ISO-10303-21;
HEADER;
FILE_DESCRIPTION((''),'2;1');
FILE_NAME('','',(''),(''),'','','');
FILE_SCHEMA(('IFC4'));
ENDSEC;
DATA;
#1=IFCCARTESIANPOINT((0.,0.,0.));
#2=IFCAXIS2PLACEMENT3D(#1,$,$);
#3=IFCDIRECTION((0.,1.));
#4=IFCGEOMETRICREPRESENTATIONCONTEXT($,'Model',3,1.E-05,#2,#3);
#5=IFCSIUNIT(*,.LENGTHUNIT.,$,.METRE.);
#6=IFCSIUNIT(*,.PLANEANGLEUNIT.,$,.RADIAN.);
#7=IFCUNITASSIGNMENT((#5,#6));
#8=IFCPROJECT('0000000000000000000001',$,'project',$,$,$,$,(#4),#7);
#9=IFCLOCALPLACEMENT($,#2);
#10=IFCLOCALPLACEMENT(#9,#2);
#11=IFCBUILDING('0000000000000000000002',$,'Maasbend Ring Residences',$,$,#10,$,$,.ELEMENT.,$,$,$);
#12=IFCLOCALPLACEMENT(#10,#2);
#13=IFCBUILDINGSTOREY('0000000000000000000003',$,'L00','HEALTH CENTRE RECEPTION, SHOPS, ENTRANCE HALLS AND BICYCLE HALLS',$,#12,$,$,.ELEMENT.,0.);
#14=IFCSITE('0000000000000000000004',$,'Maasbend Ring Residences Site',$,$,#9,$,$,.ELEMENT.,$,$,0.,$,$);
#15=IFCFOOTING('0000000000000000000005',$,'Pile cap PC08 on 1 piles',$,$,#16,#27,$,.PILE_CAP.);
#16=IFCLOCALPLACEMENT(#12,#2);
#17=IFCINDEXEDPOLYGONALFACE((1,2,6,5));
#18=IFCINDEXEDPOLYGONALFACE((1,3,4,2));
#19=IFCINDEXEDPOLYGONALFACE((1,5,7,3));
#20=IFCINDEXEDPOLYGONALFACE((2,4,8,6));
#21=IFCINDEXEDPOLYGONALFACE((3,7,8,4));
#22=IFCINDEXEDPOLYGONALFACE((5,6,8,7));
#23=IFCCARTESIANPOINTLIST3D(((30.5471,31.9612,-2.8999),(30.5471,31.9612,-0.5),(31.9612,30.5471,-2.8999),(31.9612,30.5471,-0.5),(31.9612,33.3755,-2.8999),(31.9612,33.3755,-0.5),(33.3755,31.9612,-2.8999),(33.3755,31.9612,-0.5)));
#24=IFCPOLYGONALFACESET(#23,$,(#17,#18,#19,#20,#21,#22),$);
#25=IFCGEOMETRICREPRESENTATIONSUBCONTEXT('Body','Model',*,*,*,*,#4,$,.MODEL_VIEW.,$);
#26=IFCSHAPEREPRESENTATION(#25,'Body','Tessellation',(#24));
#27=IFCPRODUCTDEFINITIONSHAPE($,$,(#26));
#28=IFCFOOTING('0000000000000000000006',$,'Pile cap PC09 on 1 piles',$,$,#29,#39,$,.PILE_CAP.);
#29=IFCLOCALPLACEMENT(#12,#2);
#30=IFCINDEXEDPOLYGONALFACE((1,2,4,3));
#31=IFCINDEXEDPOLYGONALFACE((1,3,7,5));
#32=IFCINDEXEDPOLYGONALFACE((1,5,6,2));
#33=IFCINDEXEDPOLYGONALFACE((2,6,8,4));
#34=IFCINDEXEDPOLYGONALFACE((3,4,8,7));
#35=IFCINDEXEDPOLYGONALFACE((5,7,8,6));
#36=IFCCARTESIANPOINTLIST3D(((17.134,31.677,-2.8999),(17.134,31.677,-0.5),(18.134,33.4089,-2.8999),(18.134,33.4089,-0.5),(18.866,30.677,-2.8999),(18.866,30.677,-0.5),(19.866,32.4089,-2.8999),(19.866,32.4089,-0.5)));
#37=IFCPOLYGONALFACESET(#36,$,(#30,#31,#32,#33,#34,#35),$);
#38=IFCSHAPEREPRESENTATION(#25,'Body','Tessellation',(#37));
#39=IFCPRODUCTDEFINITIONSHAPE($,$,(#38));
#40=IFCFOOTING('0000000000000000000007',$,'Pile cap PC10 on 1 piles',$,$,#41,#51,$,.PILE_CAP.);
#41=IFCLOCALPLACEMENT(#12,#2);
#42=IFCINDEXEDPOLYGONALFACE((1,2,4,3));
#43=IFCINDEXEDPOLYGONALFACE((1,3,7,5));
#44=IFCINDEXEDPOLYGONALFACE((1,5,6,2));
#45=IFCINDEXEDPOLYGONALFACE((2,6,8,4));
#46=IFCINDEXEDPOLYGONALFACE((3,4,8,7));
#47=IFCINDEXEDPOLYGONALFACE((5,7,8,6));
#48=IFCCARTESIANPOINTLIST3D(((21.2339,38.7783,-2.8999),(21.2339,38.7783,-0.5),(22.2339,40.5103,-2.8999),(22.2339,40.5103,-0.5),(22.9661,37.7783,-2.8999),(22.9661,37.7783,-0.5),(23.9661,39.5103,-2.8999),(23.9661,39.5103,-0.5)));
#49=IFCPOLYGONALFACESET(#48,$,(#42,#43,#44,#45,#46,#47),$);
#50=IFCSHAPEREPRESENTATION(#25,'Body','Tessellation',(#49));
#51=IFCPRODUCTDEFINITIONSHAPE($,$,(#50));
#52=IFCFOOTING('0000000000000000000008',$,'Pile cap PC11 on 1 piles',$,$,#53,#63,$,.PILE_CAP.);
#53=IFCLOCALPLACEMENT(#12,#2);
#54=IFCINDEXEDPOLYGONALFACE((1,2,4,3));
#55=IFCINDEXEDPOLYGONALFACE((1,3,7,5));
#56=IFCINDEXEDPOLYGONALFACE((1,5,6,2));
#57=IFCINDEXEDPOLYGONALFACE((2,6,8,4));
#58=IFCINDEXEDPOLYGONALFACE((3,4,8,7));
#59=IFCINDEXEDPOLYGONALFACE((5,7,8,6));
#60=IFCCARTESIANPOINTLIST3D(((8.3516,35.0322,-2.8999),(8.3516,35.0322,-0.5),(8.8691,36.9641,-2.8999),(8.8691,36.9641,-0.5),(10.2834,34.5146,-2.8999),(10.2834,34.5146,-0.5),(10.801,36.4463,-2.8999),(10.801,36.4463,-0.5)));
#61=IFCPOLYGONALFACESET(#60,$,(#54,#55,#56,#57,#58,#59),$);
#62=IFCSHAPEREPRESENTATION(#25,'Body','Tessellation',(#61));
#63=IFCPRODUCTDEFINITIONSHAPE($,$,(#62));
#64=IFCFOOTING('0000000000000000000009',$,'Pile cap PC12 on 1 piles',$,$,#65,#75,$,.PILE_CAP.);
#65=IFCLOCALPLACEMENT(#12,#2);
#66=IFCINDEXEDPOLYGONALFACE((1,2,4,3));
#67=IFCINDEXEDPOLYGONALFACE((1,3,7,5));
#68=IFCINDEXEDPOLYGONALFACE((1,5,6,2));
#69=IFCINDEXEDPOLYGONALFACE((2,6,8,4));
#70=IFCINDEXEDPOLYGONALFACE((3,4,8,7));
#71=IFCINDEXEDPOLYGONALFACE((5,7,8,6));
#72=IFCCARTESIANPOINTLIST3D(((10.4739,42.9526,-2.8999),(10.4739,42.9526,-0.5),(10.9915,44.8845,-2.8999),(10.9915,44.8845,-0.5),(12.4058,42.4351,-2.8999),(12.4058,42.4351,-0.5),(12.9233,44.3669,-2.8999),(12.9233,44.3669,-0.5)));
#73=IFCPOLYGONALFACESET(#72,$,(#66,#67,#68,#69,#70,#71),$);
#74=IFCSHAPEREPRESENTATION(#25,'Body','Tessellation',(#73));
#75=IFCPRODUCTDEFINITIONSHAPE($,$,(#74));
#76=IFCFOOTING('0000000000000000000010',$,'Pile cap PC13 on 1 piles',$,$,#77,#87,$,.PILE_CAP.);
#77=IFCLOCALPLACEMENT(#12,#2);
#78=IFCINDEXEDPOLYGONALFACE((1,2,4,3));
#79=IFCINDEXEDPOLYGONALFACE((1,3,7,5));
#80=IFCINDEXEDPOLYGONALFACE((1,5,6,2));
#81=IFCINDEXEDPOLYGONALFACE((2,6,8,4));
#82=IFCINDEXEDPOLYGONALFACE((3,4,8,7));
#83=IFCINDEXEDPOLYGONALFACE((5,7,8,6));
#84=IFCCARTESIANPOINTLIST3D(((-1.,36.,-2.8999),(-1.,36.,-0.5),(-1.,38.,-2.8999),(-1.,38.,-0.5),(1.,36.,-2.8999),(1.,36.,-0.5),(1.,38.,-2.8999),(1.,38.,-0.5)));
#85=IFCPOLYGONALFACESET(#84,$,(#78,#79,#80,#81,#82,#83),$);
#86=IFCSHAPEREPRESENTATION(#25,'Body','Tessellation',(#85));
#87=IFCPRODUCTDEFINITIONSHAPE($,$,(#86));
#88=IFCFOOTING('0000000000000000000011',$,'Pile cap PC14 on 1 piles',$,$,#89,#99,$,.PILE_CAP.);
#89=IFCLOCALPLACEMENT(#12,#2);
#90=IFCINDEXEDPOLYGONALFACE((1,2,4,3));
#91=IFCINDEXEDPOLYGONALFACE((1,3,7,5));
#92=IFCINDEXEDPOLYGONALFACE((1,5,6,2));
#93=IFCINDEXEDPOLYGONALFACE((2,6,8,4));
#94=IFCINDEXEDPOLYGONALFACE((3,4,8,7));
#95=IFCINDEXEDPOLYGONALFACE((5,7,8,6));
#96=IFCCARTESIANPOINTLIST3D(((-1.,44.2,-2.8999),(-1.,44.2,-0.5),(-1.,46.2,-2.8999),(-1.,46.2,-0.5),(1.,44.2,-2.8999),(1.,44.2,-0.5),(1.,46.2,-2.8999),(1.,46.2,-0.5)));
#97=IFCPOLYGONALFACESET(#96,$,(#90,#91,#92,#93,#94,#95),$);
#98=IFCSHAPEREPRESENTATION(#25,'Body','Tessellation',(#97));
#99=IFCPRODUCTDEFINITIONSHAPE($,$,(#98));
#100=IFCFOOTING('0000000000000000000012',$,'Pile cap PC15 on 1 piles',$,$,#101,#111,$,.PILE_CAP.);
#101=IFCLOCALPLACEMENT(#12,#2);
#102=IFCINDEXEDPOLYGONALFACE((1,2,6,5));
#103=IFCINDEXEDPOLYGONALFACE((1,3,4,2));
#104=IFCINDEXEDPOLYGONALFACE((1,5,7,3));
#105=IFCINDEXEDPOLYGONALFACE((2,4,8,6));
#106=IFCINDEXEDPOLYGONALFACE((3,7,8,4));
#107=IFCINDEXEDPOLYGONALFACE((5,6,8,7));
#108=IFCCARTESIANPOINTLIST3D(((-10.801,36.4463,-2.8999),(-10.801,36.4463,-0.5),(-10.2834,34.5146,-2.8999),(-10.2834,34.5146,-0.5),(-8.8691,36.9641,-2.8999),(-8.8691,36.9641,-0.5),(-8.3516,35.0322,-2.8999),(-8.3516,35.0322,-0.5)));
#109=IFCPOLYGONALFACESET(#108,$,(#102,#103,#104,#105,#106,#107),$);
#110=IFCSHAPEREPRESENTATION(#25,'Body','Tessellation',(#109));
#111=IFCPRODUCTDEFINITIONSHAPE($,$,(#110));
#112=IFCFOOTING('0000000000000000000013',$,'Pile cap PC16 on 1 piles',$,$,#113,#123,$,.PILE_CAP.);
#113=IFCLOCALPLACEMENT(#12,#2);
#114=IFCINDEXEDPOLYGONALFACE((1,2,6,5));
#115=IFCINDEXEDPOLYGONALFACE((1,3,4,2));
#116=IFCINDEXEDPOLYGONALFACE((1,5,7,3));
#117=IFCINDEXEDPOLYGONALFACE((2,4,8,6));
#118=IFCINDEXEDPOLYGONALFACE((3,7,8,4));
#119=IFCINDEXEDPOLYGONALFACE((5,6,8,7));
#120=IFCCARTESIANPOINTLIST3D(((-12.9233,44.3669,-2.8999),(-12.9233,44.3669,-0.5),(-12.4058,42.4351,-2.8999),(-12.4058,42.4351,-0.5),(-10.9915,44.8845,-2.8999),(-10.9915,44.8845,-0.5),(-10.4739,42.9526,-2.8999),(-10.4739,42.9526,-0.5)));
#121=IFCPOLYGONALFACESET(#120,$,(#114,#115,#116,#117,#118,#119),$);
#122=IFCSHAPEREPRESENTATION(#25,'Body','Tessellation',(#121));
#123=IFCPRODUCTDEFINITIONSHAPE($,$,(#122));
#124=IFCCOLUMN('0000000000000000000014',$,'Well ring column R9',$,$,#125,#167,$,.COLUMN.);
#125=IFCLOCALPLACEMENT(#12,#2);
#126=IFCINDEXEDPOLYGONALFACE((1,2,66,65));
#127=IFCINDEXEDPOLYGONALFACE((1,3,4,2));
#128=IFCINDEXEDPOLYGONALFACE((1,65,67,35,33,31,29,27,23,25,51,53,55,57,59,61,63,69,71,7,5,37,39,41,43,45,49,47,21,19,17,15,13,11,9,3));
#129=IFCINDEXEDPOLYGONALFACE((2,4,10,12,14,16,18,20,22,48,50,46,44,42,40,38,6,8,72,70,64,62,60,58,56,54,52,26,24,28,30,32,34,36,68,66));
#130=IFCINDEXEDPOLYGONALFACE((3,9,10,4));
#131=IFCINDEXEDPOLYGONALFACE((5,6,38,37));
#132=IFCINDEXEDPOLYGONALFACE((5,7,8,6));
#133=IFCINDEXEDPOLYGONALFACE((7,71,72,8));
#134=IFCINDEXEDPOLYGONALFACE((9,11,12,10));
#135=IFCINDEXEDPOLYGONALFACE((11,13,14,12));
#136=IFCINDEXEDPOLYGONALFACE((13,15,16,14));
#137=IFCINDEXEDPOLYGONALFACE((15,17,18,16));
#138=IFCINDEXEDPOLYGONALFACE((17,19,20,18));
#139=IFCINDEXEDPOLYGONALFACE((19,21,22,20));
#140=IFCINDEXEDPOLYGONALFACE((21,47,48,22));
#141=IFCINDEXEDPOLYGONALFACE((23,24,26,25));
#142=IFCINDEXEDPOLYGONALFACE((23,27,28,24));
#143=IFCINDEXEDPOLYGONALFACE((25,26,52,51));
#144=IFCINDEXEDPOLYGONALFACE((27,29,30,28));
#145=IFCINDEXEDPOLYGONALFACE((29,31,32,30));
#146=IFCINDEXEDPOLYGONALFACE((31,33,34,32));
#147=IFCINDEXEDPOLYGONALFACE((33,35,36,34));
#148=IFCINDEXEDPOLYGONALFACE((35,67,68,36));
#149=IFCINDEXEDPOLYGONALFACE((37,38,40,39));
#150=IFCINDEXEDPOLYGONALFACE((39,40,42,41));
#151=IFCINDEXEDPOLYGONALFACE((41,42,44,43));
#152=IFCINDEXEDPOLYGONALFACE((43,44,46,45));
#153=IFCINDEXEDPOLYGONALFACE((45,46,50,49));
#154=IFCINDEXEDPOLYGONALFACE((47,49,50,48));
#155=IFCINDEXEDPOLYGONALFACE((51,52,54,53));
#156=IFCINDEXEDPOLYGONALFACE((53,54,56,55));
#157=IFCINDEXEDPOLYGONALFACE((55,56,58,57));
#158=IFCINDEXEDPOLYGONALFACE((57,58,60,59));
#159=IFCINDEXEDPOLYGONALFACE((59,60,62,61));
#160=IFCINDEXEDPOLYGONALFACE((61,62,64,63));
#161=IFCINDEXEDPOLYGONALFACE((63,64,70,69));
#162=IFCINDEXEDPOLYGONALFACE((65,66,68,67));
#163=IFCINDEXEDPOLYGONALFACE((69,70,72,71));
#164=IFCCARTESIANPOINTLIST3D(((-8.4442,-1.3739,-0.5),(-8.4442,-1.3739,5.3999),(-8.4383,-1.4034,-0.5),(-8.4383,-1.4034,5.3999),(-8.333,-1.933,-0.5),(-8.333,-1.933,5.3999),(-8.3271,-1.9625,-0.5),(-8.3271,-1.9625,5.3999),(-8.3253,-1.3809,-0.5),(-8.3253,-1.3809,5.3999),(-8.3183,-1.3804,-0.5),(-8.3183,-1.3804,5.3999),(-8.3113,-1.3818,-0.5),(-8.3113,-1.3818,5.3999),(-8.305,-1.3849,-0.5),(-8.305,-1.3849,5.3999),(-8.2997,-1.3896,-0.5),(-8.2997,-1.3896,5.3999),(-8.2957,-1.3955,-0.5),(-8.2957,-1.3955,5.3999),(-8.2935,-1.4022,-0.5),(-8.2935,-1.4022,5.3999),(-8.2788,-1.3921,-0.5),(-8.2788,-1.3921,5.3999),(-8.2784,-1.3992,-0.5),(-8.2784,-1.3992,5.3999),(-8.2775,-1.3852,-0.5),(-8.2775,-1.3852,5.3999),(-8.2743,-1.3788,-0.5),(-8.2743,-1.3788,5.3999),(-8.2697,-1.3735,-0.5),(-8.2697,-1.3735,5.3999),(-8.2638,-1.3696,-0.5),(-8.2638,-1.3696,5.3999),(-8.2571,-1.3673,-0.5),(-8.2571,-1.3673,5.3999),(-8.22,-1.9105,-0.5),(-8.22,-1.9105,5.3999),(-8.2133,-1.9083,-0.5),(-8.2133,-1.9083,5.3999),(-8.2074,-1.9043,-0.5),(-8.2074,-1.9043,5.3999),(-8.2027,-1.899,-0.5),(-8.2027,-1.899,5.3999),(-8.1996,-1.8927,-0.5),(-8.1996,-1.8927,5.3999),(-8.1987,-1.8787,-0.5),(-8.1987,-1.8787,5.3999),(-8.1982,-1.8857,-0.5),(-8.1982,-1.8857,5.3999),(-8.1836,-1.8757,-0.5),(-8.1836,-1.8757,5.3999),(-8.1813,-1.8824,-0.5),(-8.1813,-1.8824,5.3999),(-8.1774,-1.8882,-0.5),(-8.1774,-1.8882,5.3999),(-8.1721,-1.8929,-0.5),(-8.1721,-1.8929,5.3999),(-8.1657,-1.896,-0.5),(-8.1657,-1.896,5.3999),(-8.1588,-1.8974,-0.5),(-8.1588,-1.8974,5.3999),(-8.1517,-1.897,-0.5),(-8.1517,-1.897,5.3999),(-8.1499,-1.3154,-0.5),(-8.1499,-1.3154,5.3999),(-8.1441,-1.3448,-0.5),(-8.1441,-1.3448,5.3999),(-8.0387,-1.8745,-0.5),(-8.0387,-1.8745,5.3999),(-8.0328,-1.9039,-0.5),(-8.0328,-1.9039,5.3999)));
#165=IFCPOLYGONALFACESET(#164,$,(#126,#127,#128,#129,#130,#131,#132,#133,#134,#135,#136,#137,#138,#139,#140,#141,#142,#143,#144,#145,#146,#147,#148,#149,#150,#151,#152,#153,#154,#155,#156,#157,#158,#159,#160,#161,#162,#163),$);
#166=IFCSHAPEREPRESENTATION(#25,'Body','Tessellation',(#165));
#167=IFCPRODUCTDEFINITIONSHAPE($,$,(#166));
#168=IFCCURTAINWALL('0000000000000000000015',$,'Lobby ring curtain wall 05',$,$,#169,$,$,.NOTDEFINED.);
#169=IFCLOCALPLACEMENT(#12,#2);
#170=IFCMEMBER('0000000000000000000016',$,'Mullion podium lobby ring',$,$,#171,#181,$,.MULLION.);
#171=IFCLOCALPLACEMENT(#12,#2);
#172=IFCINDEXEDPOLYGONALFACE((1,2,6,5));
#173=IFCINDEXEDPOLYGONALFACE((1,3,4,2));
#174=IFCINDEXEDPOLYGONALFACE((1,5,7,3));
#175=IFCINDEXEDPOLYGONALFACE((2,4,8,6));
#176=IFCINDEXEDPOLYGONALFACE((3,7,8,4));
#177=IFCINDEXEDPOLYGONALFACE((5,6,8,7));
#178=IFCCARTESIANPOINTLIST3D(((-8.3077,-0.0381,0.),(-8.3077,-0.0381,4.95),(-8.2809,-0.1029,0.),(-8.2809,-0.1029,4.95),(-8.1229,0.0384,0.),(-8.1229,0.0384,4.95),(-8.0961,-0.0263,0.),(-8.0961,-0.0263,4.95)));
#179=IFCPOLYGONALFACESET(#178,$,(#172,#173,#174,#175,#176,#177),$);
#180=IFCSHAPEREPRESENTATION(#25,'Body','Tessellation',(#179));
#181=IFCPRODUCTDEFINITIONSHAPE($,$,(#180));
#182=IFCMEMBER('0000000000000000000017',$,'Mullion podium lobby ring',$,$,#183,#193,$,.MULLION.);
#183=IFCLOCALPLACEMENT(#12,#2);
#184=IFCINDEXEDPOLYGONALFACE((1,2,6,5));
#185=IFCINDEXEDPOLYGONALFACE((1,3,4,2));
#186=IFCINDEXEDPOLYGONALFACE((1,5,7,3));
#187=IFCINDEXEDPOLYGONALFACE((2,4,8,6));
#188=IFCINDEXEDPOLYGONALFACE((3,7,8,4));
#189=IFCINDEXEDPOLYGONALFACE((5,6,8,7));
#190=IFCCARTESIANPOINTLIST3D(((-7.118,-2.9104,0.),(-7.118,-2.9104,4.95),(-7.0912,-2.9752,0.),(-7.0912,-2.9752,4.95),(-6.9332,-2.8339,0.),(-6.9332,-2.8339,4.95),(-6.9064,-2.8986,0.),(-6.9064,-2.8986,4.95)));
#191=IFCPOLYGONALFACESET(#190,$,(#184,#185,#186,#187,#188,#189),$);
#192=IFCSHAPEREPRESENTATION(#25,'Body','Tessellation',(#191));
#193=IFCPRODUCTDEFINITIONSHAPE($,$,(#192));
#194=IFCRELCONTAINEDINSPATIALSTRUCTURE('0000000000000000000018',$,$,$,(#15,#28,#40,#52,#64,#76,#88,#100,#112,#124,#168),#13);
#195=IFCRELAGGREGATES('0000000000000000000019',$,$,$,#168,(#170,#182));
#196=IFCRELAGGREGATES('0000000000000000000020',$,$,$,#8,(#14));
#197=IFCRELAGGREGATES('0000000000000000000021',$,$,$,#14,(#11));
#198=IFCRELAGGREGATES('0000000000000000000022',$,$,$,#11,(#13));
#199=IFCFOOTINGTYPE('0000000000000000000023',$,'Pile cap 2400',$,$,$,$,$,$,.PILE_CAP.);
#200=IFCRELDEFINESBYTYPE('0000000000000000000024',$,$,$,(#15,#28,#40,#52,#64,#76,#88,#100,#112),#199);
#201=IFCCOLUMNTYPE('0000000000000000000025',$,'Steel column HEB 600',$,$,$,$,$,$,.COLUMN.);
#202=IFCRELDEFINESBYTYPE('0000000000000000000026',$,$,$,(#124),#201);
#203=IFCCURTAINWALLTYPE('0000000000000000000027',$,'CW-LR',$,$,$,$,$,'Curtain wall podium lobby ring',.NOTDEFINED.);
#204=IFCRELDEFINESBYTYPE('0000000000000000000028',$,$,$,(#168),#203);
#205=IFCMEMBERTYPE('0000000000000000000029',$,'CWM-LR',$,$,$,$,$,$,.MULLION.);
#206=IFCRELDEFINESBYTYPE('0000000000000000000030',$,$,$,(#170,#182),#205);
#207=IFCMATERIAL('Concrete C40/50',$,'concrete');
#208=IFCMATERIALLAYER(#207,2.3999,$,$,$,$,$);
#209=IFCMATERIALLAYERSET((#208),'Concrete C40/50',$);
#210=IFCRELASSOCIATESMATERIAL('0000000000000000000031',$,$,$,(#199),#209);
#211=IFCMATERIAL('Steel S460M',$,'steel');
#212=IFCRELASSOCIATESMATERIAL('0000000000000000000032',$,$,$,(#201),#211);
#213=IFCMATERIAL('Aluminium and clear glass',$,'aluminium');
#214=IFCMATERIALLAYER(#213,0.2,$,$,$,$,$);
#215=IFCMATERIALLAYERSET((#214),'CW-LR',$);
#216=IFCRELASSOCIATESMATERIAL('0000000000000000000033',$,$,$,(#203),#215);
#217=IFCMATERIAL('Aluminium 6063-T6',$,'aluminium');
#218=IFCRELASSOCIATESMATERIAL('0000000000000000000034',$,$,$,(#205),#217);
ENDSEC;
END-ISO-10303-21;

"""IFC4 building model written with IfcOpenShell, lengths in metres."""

from ifc_helpers import new_model, si_unit, direction, frame, origin, origin_2d, place, context, subcontext, project, spatial, polyline, rectangle, i_section, outline, extrude, material, layer, layer_set, material_profile, profile_set, type_object, element, aggregate, save


model = new_model("IFC4")

# Units and contexts
model_context = context("Model", 3, precision=1e-05, world=origin(), true_north=direction((0.0, 1.0)))
body_context = subcontext(model_context, "Body", "Model", "MODEL_VIEW")
ifc_project = project(units=[si_unit("LENGTHUNIT", "METRE"), si_unit("PLANEANGLEUNIT", "RADIAN")], contexts=[model_context])

# Site, building, storey
site_placement = place(None, origin())
site = spatial("IfcSite", under=ifc_project, at=site_placement, Name="Maasbend Ring Residences Site", CompositionType="ELEMENT", RefElevation=0.0)
building_placement = place(site_placement, origin())
building = spatial("IfcBuilding", under=site, at=building_placement, Name="Maasbend Ring Residences", CompositionType="ELEMENT")
storey_placement = place(building_placement, origin())
storey = spatial("IfcBuildingStorey", under=building, at=storey_placement, Name="L00", Description="HEALTH CENTRE RECEPTION, SHOPS, ENTRANCE HALLS AND BICYCLE HALLS", CompositionType="ELEMENT", Elevation=0.0)

# Footings
ifc_material_1 = material(Name="Concrete C40/50", Category="concrete")
ifc_layer_1 = layer(ifc_material_1, 2.3999)
ifc_layer_set_1 = layer_set([ifc_layer_1], Name="Concrete C40/50")
footing_type = type_object("IfcFootingType", Name="Pile cap 2400", PredefinedType="PILE_CAP", material=ifc_layer_set_1)
footing_1_placement = place(storey_placement, frame((0.0, 0.0, -2.8999)))
element("IfcFooting", 1, at=footing_1_placement, inside=storey, type_object=footing_type, Name="Pile cap PC08 on 1 piles", PredefinedType="PILE_CAP", context=body_context, shape_type="SweptSolid", body=[
    extrude(outline(polyline([(31.9612, 30.5471), (33.3755, 31.9612), (31.9612, 33.3755), (30.5471, 31.9612), (31.9612, 30.5471)])), origin(), (0.0, 0.0, 1.0), 2.3999),
])
footing_2_placement = place(storey_placement, frame((0.0, 0.0, -2.8999)))
element("IfcFooting", 2, at=footing_2_placement, inside=storey, type_object=footing_type, Name="Pile cap PC09 on 1 piles", PredefinedType="PILE_CAP", context=body_context, shape_type="SweptSolid", body=[
    extrude(outline(polyline([(18.866, 30.677), (19.866, 32.4089), (18.134, 33.4089), (17.134, 31.677), (18.866, 30.677)])), origin(), (0.0, 0.0, 1.0), 2.3999),
])
footing_3_placement = place(storey_placement, frame((0.0, 0.0, -2.8999)))
element("IfcFooting", 3, at=footing_3_placement, inside=storey, type_object=footing_type, Name="Pile cap PC10 on 1 piles", PredefinedType="PILE_CAP", context=body_context, shape_type="SweptSolid", body=[
    extrude(outline(polyline([(22.9661, 37.7783), (23.9661, 39.5103), (22.2339, 40.5103), (21.2339, 38.7783), (22.9661, 37.7783)])), origin(), (0.0, 0.0, 1.0), 2.3999),
])
footing_4_placement = place(storey_placement, frame((0.0, 0.0, -2.8999)))
element("IfcFooting", 4, at=footing_4_placement, inside=storey, type_object=footing_type, Name="Pile cap PC11 on 1 piles", PredefinedType="PILE_CAP", context=body_context, shape_type="SweptSolid", body=[
    extrude(outline(polyline([(10.2834, 34.5146), (10.801, 36.4463), (8.8691, 36.9641), (8.3516, 35.0322), (10.2834, 34.5146)])), origin(), (0.0, 0.0, 1.0), 2.3999),
])
footing_5_placement = place(storey_placement, frame((0.0, 0.0, -2.8999)))
element("IfcFooting", 5, at=footing_5_placement, inside=storey, type_object=footing_type, Name="Pile cap PC12 on 1 piles", PredefinedType="PILE_CAP", context=body_context, shape_type="SweptSolid", body=[
    extrude(outline(polyline([(12.4058, 42.4351), (12.9233, 44.3669), (10.9915, 44.8845), (10.4739, 42.9526), (12.4058, 42.4351)])), origin(), (0.0, 0.0, 1.0), 2.3999),
])
footing_6_placement = place(storey_placement, frame((0.0, 0.0, -2.8999)))
element("IfcFooting", 6, at=footing_6_placement, inside=storey, type_object=footing_type, Name="Pile cap PC13 on 1 piles", PredefinedType="PILE_CAP", context=body_context, shape_type="SweptSolid", body=[
    extrude(outline(polyline([(1.0, 36.0), (1.0, 38.0), (-1.0, 38.0), (-1.0, 36.0), (1.0, 36.0)])), origin(), (0.0, 0.0, 1.0), 2.3999),
])
footing_7_placement = place(storey_placement, frame((0.0, 0.0, -2.8999)))
element("IfcFooting", 7, at=footing_7_placement, inside=storey, type_object=footing_type, Name="Pile cap PC14 on 1 piles", PredefinedType="PILE_CAP", context=body_context, shape_type="SweptSolid", body=[
    extrude(outline(polyline([(1.0, 44.2), (1.0, 46.2), (-1.0, 46.2), (-1.0, 44.2), (1.0, 44.2)])), origin(), (0.0, 0.0, 1.0), 2.3999),
])
footing_8_placement = place(storey_placement, frame((0.0, 0.0, -2.8999)))
element("IfcFooting", 8, at=footing_8_placement, inside=storey, type_object=footing_type, Name="Pile cap PC15 on 1 piles", PredefinedType="PILE_CAP", context=body_context, shape_type="SweptSolid", body=[
    extrude(outline(polyline([(-8.3516, 35.0322), (-8.8691, 36.9641), (-10.801, 36.4463), (-10.2834, 34.5146), (-8.3516, 35.0322)])), origin(), (0.0, 0.0, 1.0), 2.3999),
])
footing_9_placement = place(storey_placement, frame((0.0, 0.0, -2.8999)))
element("IfcFooting", 9, at=footing_9_placement, inside=storey, type_object=footing_type, Name="Pile cap PC16 on 1 piles", PredefinedType="PILE_CAP", context=body_context, shape_type="SweptSolid", body=[
    extrude(outline(polyline([(-10.4739, 42.9526), (-10.9915, 44.8845), (-12.9233, 44.3669), (-12.4058, 42.4351), (-10.4739, 42.9526)])), origin(), (0.0, 0.0, 1.0), 2.3999),
])

# Column
ifc_material_2 = material(Name="Steel S460M", Category="steel")
ifc_material_profile_1 = material_profile(ifc_material_2, i_section(OverallWidth=0.3, OverallDepth=0.6001, WebThickness=0.0154, FlangeThickness=0.03, FilletRadius=0.0271, at=origin_2d()), Name="HEB 600")
ifc_profile_set_1 = profile_set([ifc_material_profile_1], Name="Steel S460M")
column_type = type_object("IfcColumnType", Name="Steel column HEB 600", PredefinedType="COLUMN", material=ifc_profile_set_1)
column_placement = place(storey_placement, frame((-8.2385, -1.6389, -0.5), z_axis=(0.0, 0.0, 1.0), x_axis=(-0.980785, -0.19509, 0.0)))
element("IfcColumn", 10, at=column_placement, inside=storey, type_object=column_type, Name="Well ring column R9", PredefinedType="COLUMN", context=body_context, shape_type="SweptSolid", body=[
    extrude(i_section(OverallWidth=0.3, OverallDepth=0.6001, WebThickness=0.0154, FlangeThickness=0.03, FilletRadius=0.0271, at=origin_2d()), origin(), (0.0, 0.0, 1.0), 5.8999),
])

# Curtain wall, members
ifc_material_3 = material(Name="Aluminium and clear glass", Category="aluminium")
ifc_layer_2 = layer(ifc_material_3, 0.2)
ifc_layer_set_2 = layer_set([ifc_layer_2], Name="CW-LR")
curtain_wall_type = type_object("IfcCurtainWallType", Name="CW-LR", ElementType="Curtain wall podium lobby ring", PredefinedType="NOTDEFINED", material=ifc_layer_set_2)
curtain_wall_placement = place(storey_placement, origin())
curtain_wall = element("IfcCurtainWall", 11, at=curtain_wall_placement, inside=storey, type_object=curtain_wall_type, Name="Lobby ring curtain wall 05", PredefinedType="NOTDEFINED")
ifc_material_4 = material(Name="Aluminium 6063-T6", Category="aluminium")
ifc_material_profile_2 = material_profile(ifc_material_4, rectangle(XDim=0.2, YDim=0.0701, at=origin_2d()), Name="AL 200x70")
ifc_profile_set_2 = profile_set([ifc_material_profile_2], Name="Aluminium 6063-T6")
member_type_1 = type_object("IfcMemberType", Name="CWM-LR", PredefinedType="MULLION", material=ifc_profile_set_2)
member_1_placement = place(storey_placement, frame((-8.2019, -0.0322, 0.0), z_axis=(0.0, 0.0, 1.0), x_axis=(0.92388, 0.382683, 0.0)))
member_1 = element("IfcMember", 12, at=member_1_placement, type_object=member_type_1, Name="Mullion podium lobby ring", PredefinedType="MULLION", context=body_context, shape_type="SweptSolid", body=[
    extrude(rectangle(XDim=0.2, YDim=0.0701, at=origin_2d()), origin(), (0.0, 0.0, 1.0), 4.95),
])
member_2_placement = place(storey_placement, frame((-7.0122, -2.9045, 0.0), z_axis=(0.0, 0.0, 1.0), x_axis=(0.92388, 0.382683, 0.0)))
member_2 = element("IfcMember", 13, at=member_2_placement, type_object=member_type_1, Name="Mullion podium lobby ring", PredefinedType="MULLION", context=body_context, shape_type="SweptSolid", body=[
    extrude(rectangle(XDim=0.2, YDim=0.0701, at=origin_2d()), origin(), (0.0, 0.0, 1.0), 4.95),
])

aggregate(curtain_wall, [member_1, member_2])

save(model, "model.ifc")
